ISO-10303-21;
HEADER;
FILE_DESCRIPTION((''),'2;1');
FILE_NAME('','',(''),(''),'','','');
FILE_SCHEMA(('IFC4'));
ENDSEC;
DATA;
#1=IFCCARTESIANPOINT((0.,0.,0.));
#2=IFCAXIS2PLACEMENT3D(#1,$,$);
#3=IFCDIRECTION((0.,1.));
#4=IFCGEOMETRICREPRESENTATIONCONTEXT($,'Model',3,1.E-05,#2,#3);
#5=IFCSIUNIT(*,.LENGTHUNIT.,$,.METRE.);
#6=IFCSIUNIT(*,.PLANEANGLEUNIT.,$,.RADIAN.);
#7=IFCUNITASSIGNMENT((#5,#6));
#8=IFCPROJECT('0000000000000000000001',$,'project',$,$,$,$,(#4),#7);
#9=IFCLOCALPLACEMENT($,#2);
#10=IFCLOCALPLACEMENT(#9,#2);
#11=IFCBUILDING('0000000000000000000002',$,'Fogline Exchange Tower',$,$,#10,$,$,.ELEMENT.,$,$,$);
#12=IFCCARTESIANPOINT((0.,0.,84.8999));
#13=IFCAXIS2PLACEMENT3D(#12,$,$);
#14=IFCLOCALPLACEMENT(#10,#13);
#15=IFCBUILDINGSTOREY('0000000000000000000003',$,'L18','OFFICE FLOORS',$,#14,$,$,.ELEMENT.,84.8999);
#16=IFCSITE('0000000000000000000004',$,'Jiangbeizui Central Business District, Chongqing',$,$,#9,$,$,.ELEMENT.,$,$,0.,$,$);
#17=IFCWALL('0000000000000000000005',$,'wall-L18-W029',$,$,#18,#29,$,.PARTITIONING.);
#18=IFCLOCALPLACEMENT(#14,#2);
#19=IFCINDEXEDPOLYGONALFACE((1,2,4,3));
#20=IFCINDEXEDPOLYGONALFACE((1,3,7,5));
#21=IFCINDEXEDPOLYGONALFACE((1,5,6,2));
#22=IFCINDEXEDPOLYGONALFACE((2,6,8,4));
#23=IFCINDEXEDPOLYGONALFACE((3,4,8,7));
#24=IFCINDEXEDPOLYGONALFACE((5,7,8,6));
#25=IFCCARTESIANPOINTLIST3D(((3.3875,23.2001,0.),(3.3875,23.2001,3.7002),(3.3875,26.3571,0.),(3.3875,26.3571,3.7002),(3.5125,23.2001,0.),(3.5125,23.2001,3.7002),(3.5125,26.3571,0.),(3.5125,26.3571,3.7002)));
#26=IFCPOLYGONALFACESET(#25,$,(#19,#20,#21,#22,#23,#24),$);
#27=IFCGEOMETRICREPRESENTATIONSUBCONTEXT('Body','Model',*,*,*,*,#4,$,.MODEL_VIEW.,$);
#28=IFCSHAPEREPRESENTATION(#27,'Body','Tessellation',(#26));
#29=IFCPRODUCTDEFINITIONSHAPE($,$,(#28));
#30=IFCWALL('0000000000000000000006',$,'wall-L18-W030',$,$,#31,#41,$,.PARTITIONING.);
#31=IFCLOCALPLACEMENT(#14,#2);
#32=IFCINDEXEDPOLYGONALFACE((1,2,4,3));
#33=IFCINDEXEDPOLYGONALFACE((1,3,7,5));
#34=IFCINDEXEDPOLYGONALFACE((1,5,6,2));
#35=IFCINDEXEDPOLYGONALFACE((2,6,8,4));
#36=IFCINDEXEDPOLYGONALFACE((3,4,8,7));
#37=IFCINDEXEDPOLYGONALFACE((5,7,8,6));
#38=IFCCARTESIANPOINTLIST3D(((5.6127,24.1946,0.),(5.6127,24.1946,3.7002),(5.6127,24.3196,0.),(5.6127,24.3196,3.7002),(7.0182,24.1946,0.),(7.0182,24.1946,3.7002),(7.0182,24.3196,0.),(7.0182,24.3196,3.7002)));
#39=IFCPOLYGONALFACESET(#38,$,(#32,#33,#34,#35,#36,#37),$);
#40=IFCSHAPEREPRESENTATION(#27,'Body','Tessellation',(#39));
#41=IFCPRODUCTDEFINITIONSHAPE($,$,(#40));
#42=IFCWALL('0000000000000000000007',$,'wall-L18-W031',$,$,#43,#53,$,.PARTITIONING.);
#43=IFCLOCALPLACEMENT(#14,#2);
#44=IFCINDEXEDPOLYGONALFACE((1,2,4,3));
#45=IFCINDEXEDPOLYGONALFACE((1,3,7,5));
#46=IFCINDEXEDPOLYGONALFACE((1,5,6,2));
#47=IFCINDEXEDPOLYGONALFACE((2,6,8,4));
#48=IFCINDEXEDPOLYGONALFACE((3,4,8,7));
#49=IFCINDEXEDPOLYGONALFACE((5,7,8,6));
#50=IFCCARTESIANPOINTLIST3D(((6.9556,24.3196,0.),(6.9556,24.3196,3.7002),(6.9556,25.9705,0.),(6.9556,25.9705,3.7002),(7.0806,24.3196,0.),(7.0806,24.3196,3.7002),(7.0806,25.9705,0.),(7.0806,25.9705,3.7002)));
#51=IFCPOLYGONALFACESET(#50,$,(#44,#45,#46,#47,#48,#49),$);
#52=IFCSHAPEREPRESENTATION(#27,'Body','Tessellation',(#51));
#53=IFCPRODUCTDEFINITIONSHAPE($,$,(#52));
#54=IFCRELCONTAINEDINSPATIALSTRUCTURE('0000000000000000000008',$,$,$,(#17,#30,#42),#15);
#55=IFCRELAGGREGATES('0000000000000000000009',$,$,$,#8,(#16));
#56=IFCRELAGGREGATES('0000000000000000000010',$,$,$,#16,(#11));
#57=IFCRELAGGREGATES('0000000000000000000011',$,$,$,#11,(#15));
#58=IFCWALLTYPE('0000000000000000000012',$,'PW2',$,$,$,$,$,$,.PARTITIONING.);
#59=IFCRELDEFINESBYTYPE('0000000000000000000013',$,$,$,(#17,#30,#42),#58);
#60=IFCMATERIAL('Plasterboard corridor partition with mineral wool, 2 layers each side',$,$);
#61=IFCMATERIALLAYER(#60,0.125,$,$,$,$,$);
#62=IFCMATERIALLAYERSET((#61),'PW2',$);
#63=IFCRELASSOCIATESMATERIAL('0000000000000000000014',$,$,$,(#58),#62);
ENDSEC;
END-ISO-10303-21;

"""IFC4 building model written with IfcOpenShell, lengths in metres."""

from ifc_helpers import new_model, si_unit, direction, frame, frame_2d, origin, place, context, subcontext, project, spatial, rectangle, extrude, material, layer, layer_set, type_object, element, save


model = new_model("IFC4")

# Units and contexts
model_context = context("Model", 3, precision=1e-05, world=origin(), true_north=direction((0.0, 1.0)))
body_context = subcontext(model_context, "Body", "Model", "MODEL_VIEW")
ifc_project = project(units=[si_unit("LENGTHUNIT", "METRE"), si_unit("PLANEANGLEUNIT", "RADIAN")], contexts=[model_context])

# Site, building, storey
site_placement = place(None, origin())
site = spatial("IfcSite", under=ifc_project, at=site_placement, Name="Jiangbeizui Central Business District, Chongqing", CompositionType="ELEMENT", RefElevation=0.0)
building_placement = place(site_placement, origin())
building = spatial("IfcBuilding", under=site, at=building_placement, Name="Fogline Exchange Tower", CompositionType="ELEMENT")
storey_placement = place(building_placement, frame((0.0, 0.0, 84.8999)))
storey = spatial("IfcBuildingStorey", under=building, at=storey_placement, Name="L18", Description="OFFICE FLOORS", CompositionType="ELEMENT", Elevation=84.8999)

# Shared definitions
ifc_material_1 = material(Name="Plasterboard corridor partition with mineral wool, 2 layers each side")
ifc_layer_1 = layer(ifc_material_1, 0.125)
ifc_layer_set_1 = layer_set([ifc_layer_1], Name="PW2")
wall_type_1 = type_object("IfcWallType", Name="PW2", PredefinedType="PARTITIONING", material=ifc_layer_set_1)

# Walls
wall_1_placement = place(storey_placement, frame((3.45, 23.2, 0.0), z_axis=(0.0, 0.0, 1.0), x_axis=(0.0, 1.0, 0.0)))
element("IfcWall", 1, at=wall_1_placement, inside=storey, type_object=wall_type_1, Name="wall-L18-W029", PredefinedType="PARTITIONING", context=body_context, shape_type="SweptSolid", body=[
    extrude(rectangle(XDim=3.157, YDim=0.125, at=frame_2d((1.5786, 0.0))), origin(), (0.0, 0.0, 1.0), 3.7002),
])
wall_2_placement = place(storey_placement, frame((7.0181, 24.2571, 0.0), z_axis=(0.0, 0.0, 1.0), x_axis=(-1.0, 0.0, 0.0)))
element("IfcWall", 2, at=wall_2_placement, inside=storey, type_object=wall_type_1, Name="wall-L18-W030", PredefinedType="PARTITIONING", context=body_context, shape_type="SweptSolid", body=[
    extrude(rectangle(XDim=1.4055, YDim=0.125, at=frame_2d((0.7026, 0.0))), origin(), (0.0, 0.0, 1.0), 3.7002),
])
wall_3_placement = place(storey_placement, frame((7.0181, 25.9705, 0.0), z_axis=(0.0, 0.0, 1.0), x_axis=(0.0, -1.0, 0.0)))
element("IfcWall", 3, at=wall_3_placement, inside=storey, type_object=wall_type_1, Name="wall-L18-W031", PredefinedType="PARTITIONING", context=body_context, shape_type="SweptSolid", body=[
    extrude(rectangle(XDim=1.6509, YDim=0.125, at=frame_2d((0.8254, 0.0))), origin(), (0.0, 0.0, 1.0), 3.7002),
])

save(model, "model.ifc")
